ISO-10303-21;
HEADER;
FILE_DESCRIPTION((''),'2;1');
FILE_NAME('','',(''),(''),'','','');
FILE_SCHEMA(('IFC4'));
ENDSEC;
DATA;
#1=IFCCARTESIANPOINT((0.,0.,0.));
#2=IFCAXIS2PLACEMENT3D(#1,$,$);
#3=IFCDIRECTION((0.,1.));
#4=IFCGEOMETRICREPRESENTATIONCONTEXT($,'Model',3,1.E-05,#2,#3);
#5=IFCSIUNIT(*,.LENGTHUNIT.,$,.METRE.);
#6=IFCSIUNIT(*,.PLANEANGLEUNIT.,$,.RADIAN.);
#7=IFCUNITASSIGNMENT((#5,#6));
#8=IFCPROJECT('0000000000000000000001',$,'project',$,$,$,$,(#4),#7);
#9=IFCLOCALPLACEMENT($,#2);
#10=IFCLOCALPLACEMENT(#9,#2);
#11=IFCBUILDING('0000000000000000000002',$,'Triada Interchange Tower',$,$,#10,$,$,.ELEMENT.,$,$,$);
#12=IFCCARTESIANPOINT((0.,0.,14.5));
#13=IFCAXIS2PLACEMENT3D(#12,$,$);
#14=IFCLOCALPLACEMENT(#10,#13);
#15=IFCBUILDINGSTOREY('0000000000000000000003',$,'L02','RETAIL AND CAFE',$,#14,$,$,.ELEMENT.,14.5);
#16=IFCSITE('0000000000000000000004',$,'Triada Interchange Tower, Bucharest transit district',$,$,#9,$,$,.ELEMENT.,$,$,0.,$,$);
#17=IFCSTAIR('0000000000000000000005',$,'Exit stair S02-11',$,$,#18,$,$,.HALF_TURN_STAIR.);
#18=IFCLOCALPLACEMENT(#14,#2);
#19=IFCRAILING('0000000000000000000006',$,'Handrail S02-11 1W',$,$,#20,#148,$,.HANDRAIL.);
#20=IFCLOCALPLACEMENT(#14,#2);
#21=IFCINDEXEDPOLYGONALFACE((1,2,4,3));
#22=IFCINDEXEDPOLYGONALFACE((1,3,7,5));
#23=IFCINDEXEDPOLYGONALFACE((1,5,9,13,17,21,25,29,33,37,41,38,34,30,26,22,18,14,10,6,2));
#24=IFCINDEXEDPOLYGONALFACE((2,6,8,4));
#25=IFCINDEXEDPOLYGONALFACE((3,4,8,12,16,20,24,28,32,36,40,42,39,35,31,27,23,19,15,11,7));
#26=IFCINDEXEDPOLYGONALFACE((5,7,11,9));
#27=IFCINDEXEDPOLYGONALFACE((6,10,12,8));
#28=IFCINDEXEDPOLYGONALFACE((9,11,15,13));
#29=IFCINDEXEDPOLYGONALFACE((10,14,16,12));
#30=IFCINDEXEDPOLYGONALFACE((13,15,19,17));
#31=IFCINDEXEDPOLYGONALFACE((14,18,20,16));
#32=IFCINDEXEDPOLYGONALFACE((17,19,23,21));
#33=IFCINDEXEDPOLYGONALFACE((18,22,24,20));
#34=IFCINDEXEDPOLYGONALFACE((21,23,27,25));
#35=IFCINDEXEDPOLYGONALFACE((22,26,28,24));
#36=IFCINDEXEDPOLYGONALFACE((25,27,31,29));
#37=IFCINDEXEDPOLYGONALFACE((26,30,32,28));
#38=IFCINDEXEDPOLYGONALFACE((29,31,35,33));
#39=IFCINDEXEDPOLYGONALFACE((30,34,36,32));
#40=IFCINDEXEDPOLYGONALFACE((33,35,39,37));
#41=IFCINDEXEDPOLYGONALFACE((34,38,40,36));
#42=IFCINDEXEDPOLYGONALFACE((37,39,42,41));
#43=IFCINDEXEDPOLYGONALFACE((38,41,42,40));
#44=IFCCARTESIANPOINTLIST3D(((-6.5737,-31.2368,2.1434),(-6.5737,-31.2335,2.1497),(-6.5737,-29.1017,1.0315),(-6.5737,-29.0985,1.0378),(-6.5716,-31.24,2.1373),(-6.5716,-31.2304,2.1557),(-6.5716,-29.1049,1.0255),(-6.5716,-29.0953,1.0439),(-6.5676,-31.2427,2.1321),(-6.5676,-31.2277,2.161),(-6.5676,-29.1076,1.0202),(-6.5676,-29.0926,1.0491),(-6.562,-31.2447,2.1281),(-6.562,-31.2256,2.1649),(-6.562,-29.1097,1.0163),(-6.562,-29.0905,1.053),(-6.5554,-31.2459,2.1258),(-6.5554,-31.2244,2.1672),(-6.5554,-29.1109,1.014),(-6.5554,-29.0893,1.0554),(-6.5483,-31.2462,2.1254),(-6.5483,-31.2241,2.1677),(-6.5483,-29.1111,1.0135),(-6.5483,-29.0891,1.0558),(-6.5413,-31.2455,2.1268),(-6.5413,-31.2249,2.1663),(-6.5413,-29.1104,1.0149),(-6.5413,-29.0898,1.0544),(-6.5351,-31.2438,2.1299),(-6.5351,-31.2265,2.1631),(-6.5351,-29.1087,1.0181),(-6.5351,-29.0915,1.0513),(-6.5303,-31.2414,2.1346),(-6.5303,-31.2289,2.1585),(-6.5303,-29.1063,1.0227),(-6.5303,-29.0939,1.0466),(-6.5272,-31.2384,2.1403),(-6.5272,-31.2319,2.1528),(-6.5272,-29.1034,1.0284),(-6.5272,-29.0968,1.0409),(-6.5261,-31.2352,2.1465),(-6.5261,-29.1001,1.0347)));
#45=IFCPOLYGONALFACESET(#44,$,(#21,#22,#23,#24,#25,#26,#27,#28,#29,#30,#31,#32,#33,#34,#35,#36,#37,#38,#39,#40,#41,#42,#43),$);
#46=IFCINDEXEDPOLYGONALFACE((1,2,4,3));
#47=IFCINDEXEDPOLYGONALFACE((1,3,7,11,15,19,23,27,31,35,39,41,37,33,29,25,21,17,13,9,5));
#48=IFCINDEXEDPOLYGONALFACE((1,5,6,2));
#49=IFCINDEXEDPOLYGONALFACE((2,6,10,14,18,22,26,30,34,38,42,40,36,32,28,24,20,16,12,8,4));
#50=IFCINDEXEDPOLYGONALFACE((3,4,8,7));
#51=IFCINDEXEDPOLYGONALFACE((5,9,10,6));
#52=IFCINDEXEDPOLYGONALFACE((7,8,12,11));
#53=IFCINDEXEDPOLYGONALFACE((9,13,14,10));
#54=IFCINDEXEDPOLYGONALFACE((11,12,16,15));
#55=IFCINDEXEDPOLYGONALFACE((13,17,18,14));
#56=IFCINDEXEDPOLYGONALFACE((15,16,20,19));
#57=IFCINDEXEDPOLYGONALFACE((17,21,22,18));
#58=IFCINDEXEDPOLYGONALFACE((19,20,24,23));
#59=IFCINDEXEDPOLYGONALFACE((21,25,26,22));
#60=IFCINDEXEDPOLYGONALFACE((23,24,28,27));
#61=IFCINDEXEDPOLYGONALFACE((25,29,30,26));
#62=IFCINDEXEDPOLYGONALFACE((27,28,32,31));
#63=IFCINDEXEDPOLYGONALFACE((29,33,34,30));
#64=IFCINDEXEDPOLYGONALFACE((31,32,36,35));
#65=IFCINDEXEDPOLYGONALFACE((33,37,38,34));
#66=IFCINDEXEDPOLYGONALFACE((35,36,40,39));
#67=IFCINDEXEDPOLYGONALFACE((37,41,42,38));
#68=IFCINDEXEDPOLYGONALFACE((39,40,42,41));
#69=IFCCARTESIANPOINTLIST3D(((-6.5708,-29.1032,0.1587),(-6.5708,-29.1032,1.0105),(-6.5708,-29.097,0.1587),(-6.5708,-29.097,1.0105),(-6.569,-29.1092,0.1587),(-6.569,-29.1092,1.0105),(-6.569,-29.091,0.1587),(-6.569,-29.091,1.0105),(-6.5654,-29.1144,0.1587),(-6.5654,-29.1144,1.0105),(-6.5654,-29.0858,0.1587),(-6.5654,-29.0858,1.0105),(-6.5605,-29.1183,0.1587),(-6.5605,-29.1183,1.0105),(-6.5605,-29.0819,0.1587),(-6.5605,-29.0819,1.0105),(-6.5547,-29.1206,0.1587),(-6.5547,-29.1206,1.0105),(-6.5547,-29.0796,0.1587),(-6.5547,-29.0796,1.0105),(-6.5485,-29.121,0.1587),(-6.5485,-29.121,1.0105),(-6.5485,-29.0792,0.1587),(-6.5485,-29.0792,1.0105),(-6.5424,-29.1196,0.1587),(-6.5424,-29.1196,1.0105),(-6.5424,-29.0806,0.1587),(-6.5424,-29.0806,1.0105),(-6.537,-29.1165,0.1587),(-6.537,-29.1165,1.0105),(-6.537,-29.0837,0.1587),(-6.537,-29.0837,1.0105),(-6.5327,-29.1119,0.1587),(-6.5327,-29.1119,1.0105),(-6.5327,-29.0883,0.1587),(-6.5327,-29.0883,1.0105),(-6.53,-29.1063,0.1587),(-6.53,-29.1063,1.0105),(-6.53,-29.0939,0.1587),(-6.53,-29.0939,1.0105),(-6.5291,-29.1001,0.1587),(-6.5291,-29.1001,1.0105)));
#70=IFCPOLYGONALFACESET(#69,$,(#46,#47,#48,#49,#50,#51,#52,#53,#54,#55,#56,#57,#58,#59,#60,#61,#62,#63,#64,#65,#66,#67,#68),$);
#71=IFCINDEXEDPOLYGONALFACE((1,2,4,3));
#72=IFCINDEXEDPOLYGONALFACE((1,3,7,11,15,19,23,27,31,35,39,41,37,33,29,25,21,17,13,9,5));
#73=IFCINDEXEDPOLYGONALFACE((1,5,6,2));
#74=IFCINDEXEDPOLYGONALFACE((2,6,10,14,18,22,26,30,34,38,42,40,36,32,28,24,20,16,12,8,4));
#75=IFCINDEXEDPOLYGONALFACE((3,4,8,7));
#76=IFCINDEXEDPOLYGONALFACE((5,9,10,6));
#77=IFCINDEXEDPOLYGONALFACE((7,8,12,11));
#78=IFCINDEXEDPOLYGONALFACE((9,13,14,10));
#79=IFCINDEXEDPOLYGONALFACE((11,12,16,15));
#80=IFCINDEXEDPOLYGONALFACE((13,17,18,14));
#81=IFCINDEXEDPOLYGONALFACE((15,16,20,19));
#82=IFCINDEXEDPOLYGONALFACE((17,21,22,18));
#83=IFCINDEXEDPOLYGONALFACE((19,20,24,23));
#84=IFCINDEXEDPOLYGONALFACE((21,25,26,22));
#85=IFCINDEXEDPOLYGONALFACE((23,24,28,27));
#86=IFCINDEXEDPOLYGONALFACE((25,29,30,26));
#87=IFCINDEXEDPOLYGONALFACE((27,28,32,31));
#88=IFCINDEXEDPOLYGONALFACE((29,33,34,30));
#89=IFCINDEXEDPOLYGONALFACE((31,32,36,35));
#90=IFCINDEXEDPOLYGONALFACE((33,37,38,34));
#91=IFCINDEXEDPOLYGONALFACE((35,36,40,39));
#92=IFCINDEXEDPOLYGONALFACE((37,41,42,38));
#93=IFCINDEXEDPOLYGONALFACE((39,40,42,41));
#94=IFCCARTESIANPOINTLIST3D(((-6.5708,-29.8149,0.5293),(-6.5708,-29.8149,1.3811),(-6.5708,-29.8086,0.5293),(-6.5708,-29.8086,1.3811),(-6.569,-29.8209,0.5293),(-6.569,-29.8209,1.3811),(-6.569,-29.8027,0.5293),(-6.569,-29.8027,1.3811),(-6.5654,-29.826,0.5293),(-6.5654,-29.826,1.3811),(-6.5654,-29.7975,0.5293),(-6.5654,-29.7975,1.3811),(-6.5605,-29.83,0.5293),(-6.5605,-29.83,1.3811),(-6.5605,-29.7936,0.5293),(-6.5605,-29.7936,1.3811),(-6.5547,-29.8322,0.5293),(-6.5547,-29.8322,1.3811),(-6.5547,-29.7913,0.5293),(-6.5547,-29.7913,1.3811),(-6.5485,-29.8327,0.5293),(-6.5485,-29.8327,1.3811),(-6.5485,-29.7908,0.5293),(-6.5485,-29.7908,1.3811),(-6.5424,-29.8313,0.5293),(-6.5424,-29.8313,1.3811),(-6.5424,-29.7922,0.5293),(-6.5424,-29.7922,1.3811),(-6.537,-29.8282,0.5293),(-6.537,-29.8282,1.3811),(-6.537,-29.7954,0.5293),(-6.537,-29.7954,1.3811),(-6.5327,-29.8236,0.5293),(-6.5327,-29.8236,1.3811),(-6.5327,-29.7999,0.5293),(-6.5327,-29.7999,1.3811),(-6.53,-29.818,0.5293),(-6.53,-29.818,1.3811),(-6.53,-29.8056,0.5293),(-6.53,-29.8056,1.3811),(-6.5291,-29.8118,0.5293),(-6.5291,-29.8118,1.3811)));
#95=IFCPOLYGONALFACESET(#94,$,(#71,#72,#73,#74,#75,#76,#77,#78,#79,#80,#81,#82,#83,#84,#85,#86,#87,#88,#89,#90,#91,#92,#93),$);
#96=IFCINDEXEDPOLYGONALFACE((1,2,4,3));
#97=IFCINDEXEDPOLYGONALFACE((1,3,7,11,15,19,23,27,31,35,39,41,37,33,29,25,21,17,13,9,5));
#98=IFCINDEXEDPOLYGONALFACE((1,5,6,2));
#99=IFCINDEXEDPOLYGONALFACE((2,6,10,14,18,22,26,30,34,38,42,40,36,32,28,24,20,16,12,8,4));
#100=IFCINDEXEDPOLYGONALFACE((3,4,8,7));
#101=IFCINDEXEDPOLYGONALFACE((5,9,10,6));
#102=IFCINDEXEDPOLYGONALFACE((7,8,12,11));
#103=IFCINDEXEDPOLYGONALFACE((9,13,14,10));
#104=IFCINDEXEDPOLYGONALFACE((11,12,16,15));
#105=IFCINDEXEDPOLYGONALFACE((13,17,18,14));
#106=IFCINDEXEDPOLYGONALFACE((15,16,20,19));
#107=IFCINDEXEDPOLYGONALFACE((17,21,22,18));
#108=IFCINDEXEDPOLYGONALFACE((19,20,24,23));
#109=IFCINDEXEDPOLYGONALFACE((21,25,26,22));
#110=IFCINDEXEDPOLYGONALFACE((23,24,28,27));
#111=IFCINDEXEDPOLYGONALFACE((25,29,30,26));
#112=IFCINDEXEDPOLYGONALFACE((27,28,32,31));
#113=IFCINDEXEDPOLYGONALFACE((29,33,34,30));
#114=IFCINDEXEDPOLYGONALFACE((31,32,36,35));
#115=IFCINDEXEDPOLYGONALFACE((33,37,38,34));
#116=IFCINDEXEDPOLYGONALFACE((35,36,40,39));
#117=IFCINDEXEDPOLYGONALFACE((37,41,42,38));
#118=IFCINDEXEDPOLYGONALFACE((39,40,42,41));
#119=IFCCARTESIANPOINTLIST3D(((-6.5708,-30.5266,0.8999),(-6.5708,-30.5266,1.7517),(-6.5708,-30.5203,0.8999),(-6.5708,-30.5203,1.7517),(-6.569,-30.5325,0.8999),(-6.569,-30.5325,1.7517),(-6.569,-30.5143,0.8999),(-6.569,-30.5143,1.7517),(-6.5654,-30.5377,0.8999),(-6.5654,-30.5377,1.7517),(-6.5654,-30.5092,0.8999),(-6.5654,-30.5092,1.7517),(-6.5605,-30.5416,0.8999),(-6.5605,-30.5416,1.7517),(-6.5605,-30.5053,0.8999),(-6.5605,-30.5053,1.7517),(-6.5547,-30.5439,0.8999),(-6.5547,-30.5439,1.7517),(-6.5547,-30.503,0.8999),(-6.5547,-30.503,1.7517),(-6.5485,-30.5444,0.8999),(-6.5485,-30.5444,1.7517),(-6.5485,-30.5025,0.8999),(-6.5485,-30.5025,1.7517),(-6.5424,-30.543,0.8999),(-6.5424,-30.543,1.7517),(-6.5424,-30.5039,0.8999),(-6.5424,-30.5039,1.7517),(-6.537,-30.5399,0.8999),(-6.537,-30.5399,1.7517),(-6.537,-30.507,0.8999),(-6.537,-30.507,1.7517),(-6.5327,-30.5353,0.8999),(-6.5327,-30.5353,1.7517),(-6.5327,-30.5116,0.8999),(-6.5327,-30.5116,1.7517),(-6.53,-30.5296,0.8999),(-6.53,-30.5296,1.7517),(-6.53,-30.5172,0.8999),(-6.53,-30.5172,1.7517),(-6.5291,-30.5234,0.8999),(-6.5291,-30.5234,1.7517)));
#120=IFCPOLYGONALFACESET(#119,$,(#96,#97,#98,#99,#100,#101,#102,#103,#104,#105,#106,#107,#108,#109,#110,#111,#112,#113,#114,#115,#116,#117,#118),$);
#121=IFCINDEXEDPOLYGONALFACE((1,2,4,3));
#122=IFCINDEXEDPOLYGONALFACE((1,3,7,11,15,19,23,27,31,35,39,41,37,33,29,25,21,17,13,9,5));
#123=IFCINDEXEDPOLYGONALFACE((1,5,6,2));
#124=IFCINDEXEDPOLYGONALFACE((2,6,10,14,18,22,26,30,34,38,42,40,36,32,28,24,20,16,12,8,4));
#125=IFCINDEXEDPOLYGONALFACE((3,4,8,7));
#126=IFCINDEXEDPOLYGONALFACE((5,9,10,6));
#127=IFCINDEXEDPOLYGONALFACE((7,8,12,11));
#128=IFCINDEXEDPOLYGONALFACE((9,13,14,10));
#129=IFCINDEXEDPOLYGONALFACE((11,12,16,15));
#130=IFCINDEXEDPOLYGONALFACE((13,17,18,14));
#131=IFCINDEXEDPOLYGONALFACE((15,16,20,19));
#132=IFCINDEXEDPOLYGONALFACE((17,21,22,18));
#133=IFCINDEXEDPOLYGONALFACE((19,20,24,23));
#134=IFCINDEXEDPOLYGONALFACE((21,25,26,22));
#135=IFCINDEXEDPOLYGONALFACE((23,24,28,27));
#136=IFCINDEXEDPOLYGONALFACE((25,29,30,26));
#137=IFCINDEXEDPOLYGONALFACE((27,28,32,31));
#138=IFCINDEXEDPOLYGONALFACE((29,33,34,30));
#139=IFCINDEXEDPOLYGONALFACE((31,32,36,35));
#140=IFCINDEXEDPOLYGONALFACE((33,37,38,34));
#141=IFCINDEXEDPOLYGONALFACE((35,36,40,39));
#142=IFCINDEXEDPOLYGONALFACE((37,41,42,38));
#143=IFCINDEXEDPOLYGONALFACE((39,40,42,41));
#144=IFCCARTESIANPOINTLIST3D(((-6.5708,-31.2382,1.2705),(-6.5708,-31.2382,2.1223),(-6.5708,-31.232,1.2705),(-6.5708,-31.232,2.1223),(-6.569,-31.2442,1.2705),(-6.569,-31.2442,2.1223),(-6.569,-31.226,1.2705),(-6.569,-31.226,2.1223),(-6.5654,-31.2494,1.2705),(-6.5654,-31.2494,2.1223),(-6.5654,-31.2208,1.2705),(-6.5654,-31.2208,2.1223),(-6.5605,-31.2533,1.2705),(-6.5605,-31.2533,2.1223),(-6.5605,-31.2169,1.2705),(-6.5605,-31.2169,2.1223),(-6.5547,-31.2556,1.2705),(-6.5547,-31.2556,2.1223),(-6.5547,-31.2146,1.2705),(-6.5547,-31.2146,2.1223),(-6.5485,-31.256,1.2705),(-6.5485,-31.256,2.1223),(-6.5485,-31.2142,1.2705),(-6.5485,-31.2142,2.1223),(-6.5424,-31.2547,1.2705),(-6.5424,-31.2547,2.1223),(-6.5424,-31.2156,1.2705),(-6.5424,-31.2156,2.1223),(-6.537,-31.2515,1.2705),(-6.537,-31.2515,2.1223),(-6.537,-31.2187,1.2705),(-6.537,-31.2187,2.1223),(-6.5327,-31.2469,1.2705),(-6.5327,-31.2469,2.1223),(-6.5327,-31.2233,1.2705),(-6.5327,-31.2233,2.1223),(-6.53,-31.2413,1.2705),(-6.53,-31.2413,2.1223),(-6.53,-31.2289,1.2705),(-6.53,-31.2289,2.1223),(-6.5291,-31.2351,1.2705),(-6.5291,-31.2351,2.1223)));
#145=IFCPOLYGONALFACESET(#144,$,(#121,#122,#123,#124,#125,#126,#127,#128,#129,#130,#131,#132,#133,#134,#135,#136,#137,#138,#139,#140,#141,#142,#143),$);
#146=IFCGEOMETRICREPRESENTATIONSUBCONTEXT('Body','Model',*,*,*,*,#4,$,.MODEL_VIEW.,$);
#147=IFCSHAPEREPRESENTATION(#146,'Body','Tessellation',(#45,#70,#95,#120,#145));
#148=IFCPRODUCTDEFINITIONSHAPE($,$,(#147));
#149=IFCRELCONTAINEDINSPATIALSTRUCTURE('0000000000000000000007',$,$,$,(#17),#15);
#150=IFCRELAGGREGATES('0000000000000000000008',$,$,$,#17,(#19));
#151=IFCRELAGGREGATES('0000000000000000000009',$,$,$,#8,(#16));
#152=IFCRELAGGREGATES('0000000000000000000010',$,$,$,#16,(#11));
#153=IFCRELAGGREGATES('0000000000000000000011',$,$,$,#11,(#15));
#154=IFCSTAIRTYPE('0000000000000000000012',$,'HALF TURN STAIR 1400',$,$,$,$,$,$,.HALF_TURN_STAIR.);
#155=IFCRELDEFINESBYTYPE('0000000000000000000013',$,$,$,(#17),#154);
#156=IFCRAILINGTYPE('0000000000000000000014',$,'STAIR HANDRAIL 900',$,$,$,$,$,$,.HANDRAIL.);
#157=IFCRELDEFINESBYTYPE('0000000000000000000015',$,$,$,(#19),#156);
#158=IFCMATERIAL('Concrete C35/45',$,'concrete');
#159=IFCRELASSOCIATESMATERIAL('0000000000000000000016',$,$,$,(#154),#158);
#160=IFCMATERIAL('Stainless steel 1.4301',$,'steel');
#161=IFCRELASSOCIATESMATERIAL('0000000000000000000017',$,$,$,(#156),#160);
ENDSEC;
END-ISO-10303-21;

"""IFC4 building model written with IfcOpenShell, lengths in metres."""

from ifc_helpers import new_model, si_unit, direction, frame, origin, origin_2d, place, context, subcontext, project, spatial, circle, extrude, material, type_object, element, aggregate, save


model = new_model("IFC4")

# Units and contexts
model_context = context("Model", 3, precision=1e-05, world=origin(), true_north=direction((0.0, 1.0)))
body_context = subcontext(model_context, "Body", "Model", "MODEL_VIEW")
ifc_project = project(units=[si_unit("LENGTHUNIT", "METRE"), si_unit("PLANEANGLEUNIT", "RADIAN")], contexts=[model_context])

# Site, building, storey
site_placement = place(None, origin())
site = spatial("IfcSite", under=ifc_project, at=site_placement, Name="Triada Interchange Tower, Bucharest transit district", CompositionType="ELEMENT", RefElevation=0.0)
building_placement = place(site_placement, origin())
building = spatial("IfcBuilding", under=site, at=building_placement, Name="Triada Interchange Tower", CompositionType="ELEMENT")
storey_placement = place(building_placement, frame((0.0, 0.0, 14.5)))
storey = spatial("IfcBuildingStorey", under=building, at=storey_placement, Name="L02", Description="RETAIL AND CAFE", CompositionType="ELEMENT", Elevation=14.5)

# Shared definitions
ifc_material_1 = material(Name="Concrete C35/45", Category="concrete")

# Stair
stair_type = type_object("IfcStairType", Name="HALF TURN STAIR 1400", PredefinedType="HALF_TURN_STAIR", material=ifc_material_1)
stair_placement = place(storey_placement, origin())
stair = element("IfcStair", 1, at=stair_placement, inside=storey, type_object=stair_type, Name="Exit stair S02-11", PredefinedType="HALF_TURN_STAIR")

# Railing
ifc_material_2 = material(Name="Stainless steel 1.4301", Category="steel")
railing_type_1 = type_object("IfcRailingType", Name="STAIR HANDRAIL 900", PredefinedType="HANDRAIL", material=ifc_material_2)
railing_1_placement = place(storey_placement, frame((-6.55, -29.1001, 0.1587)))
railing_1 = element("IfcRailing", 2, at=railing_1_placement, type_object=railing_type_1, Name="Handrail S02-11 1W", PredefinedType="HANDRAIL", context=body_context, shape_type="SweptSolid", body=[
    extrude(circle(Radius=0.0239, at=origin_2d()), frame((0.0, 0.0, 0.876), z_axis=(0.0, -0.886943, 0.46188), x_axis=(1.0, 0.0, 0.0)), (0.0, 0.0, 1.0), 2.4072),
    extrude(circle(Radius=0.021, at=origin_2d()), origin(), (0.0, 0.0, 1.0), 0.8518),
    extrude(circle(Radius=0.021, at=origin_2d()), frame((0.0, -0.7117, 0.3706)), (0.0, 0.0, 1.0), 0.8518),
    extrude(circle(Radius=0.021, at=origin_2d()), frame((0.0, -1.4233, 0.7412)), (0.0, 0.0, 1.0), 0.8518),
    extrude(circle(Radius=0.021, at=origin_2d()), frame((0.0, -2.135, 1.1118)), (0.0, 0.0, 1.0), 0.8518),
])
aggregate(stair, [railing_1])

save(model, "model.ifc")
